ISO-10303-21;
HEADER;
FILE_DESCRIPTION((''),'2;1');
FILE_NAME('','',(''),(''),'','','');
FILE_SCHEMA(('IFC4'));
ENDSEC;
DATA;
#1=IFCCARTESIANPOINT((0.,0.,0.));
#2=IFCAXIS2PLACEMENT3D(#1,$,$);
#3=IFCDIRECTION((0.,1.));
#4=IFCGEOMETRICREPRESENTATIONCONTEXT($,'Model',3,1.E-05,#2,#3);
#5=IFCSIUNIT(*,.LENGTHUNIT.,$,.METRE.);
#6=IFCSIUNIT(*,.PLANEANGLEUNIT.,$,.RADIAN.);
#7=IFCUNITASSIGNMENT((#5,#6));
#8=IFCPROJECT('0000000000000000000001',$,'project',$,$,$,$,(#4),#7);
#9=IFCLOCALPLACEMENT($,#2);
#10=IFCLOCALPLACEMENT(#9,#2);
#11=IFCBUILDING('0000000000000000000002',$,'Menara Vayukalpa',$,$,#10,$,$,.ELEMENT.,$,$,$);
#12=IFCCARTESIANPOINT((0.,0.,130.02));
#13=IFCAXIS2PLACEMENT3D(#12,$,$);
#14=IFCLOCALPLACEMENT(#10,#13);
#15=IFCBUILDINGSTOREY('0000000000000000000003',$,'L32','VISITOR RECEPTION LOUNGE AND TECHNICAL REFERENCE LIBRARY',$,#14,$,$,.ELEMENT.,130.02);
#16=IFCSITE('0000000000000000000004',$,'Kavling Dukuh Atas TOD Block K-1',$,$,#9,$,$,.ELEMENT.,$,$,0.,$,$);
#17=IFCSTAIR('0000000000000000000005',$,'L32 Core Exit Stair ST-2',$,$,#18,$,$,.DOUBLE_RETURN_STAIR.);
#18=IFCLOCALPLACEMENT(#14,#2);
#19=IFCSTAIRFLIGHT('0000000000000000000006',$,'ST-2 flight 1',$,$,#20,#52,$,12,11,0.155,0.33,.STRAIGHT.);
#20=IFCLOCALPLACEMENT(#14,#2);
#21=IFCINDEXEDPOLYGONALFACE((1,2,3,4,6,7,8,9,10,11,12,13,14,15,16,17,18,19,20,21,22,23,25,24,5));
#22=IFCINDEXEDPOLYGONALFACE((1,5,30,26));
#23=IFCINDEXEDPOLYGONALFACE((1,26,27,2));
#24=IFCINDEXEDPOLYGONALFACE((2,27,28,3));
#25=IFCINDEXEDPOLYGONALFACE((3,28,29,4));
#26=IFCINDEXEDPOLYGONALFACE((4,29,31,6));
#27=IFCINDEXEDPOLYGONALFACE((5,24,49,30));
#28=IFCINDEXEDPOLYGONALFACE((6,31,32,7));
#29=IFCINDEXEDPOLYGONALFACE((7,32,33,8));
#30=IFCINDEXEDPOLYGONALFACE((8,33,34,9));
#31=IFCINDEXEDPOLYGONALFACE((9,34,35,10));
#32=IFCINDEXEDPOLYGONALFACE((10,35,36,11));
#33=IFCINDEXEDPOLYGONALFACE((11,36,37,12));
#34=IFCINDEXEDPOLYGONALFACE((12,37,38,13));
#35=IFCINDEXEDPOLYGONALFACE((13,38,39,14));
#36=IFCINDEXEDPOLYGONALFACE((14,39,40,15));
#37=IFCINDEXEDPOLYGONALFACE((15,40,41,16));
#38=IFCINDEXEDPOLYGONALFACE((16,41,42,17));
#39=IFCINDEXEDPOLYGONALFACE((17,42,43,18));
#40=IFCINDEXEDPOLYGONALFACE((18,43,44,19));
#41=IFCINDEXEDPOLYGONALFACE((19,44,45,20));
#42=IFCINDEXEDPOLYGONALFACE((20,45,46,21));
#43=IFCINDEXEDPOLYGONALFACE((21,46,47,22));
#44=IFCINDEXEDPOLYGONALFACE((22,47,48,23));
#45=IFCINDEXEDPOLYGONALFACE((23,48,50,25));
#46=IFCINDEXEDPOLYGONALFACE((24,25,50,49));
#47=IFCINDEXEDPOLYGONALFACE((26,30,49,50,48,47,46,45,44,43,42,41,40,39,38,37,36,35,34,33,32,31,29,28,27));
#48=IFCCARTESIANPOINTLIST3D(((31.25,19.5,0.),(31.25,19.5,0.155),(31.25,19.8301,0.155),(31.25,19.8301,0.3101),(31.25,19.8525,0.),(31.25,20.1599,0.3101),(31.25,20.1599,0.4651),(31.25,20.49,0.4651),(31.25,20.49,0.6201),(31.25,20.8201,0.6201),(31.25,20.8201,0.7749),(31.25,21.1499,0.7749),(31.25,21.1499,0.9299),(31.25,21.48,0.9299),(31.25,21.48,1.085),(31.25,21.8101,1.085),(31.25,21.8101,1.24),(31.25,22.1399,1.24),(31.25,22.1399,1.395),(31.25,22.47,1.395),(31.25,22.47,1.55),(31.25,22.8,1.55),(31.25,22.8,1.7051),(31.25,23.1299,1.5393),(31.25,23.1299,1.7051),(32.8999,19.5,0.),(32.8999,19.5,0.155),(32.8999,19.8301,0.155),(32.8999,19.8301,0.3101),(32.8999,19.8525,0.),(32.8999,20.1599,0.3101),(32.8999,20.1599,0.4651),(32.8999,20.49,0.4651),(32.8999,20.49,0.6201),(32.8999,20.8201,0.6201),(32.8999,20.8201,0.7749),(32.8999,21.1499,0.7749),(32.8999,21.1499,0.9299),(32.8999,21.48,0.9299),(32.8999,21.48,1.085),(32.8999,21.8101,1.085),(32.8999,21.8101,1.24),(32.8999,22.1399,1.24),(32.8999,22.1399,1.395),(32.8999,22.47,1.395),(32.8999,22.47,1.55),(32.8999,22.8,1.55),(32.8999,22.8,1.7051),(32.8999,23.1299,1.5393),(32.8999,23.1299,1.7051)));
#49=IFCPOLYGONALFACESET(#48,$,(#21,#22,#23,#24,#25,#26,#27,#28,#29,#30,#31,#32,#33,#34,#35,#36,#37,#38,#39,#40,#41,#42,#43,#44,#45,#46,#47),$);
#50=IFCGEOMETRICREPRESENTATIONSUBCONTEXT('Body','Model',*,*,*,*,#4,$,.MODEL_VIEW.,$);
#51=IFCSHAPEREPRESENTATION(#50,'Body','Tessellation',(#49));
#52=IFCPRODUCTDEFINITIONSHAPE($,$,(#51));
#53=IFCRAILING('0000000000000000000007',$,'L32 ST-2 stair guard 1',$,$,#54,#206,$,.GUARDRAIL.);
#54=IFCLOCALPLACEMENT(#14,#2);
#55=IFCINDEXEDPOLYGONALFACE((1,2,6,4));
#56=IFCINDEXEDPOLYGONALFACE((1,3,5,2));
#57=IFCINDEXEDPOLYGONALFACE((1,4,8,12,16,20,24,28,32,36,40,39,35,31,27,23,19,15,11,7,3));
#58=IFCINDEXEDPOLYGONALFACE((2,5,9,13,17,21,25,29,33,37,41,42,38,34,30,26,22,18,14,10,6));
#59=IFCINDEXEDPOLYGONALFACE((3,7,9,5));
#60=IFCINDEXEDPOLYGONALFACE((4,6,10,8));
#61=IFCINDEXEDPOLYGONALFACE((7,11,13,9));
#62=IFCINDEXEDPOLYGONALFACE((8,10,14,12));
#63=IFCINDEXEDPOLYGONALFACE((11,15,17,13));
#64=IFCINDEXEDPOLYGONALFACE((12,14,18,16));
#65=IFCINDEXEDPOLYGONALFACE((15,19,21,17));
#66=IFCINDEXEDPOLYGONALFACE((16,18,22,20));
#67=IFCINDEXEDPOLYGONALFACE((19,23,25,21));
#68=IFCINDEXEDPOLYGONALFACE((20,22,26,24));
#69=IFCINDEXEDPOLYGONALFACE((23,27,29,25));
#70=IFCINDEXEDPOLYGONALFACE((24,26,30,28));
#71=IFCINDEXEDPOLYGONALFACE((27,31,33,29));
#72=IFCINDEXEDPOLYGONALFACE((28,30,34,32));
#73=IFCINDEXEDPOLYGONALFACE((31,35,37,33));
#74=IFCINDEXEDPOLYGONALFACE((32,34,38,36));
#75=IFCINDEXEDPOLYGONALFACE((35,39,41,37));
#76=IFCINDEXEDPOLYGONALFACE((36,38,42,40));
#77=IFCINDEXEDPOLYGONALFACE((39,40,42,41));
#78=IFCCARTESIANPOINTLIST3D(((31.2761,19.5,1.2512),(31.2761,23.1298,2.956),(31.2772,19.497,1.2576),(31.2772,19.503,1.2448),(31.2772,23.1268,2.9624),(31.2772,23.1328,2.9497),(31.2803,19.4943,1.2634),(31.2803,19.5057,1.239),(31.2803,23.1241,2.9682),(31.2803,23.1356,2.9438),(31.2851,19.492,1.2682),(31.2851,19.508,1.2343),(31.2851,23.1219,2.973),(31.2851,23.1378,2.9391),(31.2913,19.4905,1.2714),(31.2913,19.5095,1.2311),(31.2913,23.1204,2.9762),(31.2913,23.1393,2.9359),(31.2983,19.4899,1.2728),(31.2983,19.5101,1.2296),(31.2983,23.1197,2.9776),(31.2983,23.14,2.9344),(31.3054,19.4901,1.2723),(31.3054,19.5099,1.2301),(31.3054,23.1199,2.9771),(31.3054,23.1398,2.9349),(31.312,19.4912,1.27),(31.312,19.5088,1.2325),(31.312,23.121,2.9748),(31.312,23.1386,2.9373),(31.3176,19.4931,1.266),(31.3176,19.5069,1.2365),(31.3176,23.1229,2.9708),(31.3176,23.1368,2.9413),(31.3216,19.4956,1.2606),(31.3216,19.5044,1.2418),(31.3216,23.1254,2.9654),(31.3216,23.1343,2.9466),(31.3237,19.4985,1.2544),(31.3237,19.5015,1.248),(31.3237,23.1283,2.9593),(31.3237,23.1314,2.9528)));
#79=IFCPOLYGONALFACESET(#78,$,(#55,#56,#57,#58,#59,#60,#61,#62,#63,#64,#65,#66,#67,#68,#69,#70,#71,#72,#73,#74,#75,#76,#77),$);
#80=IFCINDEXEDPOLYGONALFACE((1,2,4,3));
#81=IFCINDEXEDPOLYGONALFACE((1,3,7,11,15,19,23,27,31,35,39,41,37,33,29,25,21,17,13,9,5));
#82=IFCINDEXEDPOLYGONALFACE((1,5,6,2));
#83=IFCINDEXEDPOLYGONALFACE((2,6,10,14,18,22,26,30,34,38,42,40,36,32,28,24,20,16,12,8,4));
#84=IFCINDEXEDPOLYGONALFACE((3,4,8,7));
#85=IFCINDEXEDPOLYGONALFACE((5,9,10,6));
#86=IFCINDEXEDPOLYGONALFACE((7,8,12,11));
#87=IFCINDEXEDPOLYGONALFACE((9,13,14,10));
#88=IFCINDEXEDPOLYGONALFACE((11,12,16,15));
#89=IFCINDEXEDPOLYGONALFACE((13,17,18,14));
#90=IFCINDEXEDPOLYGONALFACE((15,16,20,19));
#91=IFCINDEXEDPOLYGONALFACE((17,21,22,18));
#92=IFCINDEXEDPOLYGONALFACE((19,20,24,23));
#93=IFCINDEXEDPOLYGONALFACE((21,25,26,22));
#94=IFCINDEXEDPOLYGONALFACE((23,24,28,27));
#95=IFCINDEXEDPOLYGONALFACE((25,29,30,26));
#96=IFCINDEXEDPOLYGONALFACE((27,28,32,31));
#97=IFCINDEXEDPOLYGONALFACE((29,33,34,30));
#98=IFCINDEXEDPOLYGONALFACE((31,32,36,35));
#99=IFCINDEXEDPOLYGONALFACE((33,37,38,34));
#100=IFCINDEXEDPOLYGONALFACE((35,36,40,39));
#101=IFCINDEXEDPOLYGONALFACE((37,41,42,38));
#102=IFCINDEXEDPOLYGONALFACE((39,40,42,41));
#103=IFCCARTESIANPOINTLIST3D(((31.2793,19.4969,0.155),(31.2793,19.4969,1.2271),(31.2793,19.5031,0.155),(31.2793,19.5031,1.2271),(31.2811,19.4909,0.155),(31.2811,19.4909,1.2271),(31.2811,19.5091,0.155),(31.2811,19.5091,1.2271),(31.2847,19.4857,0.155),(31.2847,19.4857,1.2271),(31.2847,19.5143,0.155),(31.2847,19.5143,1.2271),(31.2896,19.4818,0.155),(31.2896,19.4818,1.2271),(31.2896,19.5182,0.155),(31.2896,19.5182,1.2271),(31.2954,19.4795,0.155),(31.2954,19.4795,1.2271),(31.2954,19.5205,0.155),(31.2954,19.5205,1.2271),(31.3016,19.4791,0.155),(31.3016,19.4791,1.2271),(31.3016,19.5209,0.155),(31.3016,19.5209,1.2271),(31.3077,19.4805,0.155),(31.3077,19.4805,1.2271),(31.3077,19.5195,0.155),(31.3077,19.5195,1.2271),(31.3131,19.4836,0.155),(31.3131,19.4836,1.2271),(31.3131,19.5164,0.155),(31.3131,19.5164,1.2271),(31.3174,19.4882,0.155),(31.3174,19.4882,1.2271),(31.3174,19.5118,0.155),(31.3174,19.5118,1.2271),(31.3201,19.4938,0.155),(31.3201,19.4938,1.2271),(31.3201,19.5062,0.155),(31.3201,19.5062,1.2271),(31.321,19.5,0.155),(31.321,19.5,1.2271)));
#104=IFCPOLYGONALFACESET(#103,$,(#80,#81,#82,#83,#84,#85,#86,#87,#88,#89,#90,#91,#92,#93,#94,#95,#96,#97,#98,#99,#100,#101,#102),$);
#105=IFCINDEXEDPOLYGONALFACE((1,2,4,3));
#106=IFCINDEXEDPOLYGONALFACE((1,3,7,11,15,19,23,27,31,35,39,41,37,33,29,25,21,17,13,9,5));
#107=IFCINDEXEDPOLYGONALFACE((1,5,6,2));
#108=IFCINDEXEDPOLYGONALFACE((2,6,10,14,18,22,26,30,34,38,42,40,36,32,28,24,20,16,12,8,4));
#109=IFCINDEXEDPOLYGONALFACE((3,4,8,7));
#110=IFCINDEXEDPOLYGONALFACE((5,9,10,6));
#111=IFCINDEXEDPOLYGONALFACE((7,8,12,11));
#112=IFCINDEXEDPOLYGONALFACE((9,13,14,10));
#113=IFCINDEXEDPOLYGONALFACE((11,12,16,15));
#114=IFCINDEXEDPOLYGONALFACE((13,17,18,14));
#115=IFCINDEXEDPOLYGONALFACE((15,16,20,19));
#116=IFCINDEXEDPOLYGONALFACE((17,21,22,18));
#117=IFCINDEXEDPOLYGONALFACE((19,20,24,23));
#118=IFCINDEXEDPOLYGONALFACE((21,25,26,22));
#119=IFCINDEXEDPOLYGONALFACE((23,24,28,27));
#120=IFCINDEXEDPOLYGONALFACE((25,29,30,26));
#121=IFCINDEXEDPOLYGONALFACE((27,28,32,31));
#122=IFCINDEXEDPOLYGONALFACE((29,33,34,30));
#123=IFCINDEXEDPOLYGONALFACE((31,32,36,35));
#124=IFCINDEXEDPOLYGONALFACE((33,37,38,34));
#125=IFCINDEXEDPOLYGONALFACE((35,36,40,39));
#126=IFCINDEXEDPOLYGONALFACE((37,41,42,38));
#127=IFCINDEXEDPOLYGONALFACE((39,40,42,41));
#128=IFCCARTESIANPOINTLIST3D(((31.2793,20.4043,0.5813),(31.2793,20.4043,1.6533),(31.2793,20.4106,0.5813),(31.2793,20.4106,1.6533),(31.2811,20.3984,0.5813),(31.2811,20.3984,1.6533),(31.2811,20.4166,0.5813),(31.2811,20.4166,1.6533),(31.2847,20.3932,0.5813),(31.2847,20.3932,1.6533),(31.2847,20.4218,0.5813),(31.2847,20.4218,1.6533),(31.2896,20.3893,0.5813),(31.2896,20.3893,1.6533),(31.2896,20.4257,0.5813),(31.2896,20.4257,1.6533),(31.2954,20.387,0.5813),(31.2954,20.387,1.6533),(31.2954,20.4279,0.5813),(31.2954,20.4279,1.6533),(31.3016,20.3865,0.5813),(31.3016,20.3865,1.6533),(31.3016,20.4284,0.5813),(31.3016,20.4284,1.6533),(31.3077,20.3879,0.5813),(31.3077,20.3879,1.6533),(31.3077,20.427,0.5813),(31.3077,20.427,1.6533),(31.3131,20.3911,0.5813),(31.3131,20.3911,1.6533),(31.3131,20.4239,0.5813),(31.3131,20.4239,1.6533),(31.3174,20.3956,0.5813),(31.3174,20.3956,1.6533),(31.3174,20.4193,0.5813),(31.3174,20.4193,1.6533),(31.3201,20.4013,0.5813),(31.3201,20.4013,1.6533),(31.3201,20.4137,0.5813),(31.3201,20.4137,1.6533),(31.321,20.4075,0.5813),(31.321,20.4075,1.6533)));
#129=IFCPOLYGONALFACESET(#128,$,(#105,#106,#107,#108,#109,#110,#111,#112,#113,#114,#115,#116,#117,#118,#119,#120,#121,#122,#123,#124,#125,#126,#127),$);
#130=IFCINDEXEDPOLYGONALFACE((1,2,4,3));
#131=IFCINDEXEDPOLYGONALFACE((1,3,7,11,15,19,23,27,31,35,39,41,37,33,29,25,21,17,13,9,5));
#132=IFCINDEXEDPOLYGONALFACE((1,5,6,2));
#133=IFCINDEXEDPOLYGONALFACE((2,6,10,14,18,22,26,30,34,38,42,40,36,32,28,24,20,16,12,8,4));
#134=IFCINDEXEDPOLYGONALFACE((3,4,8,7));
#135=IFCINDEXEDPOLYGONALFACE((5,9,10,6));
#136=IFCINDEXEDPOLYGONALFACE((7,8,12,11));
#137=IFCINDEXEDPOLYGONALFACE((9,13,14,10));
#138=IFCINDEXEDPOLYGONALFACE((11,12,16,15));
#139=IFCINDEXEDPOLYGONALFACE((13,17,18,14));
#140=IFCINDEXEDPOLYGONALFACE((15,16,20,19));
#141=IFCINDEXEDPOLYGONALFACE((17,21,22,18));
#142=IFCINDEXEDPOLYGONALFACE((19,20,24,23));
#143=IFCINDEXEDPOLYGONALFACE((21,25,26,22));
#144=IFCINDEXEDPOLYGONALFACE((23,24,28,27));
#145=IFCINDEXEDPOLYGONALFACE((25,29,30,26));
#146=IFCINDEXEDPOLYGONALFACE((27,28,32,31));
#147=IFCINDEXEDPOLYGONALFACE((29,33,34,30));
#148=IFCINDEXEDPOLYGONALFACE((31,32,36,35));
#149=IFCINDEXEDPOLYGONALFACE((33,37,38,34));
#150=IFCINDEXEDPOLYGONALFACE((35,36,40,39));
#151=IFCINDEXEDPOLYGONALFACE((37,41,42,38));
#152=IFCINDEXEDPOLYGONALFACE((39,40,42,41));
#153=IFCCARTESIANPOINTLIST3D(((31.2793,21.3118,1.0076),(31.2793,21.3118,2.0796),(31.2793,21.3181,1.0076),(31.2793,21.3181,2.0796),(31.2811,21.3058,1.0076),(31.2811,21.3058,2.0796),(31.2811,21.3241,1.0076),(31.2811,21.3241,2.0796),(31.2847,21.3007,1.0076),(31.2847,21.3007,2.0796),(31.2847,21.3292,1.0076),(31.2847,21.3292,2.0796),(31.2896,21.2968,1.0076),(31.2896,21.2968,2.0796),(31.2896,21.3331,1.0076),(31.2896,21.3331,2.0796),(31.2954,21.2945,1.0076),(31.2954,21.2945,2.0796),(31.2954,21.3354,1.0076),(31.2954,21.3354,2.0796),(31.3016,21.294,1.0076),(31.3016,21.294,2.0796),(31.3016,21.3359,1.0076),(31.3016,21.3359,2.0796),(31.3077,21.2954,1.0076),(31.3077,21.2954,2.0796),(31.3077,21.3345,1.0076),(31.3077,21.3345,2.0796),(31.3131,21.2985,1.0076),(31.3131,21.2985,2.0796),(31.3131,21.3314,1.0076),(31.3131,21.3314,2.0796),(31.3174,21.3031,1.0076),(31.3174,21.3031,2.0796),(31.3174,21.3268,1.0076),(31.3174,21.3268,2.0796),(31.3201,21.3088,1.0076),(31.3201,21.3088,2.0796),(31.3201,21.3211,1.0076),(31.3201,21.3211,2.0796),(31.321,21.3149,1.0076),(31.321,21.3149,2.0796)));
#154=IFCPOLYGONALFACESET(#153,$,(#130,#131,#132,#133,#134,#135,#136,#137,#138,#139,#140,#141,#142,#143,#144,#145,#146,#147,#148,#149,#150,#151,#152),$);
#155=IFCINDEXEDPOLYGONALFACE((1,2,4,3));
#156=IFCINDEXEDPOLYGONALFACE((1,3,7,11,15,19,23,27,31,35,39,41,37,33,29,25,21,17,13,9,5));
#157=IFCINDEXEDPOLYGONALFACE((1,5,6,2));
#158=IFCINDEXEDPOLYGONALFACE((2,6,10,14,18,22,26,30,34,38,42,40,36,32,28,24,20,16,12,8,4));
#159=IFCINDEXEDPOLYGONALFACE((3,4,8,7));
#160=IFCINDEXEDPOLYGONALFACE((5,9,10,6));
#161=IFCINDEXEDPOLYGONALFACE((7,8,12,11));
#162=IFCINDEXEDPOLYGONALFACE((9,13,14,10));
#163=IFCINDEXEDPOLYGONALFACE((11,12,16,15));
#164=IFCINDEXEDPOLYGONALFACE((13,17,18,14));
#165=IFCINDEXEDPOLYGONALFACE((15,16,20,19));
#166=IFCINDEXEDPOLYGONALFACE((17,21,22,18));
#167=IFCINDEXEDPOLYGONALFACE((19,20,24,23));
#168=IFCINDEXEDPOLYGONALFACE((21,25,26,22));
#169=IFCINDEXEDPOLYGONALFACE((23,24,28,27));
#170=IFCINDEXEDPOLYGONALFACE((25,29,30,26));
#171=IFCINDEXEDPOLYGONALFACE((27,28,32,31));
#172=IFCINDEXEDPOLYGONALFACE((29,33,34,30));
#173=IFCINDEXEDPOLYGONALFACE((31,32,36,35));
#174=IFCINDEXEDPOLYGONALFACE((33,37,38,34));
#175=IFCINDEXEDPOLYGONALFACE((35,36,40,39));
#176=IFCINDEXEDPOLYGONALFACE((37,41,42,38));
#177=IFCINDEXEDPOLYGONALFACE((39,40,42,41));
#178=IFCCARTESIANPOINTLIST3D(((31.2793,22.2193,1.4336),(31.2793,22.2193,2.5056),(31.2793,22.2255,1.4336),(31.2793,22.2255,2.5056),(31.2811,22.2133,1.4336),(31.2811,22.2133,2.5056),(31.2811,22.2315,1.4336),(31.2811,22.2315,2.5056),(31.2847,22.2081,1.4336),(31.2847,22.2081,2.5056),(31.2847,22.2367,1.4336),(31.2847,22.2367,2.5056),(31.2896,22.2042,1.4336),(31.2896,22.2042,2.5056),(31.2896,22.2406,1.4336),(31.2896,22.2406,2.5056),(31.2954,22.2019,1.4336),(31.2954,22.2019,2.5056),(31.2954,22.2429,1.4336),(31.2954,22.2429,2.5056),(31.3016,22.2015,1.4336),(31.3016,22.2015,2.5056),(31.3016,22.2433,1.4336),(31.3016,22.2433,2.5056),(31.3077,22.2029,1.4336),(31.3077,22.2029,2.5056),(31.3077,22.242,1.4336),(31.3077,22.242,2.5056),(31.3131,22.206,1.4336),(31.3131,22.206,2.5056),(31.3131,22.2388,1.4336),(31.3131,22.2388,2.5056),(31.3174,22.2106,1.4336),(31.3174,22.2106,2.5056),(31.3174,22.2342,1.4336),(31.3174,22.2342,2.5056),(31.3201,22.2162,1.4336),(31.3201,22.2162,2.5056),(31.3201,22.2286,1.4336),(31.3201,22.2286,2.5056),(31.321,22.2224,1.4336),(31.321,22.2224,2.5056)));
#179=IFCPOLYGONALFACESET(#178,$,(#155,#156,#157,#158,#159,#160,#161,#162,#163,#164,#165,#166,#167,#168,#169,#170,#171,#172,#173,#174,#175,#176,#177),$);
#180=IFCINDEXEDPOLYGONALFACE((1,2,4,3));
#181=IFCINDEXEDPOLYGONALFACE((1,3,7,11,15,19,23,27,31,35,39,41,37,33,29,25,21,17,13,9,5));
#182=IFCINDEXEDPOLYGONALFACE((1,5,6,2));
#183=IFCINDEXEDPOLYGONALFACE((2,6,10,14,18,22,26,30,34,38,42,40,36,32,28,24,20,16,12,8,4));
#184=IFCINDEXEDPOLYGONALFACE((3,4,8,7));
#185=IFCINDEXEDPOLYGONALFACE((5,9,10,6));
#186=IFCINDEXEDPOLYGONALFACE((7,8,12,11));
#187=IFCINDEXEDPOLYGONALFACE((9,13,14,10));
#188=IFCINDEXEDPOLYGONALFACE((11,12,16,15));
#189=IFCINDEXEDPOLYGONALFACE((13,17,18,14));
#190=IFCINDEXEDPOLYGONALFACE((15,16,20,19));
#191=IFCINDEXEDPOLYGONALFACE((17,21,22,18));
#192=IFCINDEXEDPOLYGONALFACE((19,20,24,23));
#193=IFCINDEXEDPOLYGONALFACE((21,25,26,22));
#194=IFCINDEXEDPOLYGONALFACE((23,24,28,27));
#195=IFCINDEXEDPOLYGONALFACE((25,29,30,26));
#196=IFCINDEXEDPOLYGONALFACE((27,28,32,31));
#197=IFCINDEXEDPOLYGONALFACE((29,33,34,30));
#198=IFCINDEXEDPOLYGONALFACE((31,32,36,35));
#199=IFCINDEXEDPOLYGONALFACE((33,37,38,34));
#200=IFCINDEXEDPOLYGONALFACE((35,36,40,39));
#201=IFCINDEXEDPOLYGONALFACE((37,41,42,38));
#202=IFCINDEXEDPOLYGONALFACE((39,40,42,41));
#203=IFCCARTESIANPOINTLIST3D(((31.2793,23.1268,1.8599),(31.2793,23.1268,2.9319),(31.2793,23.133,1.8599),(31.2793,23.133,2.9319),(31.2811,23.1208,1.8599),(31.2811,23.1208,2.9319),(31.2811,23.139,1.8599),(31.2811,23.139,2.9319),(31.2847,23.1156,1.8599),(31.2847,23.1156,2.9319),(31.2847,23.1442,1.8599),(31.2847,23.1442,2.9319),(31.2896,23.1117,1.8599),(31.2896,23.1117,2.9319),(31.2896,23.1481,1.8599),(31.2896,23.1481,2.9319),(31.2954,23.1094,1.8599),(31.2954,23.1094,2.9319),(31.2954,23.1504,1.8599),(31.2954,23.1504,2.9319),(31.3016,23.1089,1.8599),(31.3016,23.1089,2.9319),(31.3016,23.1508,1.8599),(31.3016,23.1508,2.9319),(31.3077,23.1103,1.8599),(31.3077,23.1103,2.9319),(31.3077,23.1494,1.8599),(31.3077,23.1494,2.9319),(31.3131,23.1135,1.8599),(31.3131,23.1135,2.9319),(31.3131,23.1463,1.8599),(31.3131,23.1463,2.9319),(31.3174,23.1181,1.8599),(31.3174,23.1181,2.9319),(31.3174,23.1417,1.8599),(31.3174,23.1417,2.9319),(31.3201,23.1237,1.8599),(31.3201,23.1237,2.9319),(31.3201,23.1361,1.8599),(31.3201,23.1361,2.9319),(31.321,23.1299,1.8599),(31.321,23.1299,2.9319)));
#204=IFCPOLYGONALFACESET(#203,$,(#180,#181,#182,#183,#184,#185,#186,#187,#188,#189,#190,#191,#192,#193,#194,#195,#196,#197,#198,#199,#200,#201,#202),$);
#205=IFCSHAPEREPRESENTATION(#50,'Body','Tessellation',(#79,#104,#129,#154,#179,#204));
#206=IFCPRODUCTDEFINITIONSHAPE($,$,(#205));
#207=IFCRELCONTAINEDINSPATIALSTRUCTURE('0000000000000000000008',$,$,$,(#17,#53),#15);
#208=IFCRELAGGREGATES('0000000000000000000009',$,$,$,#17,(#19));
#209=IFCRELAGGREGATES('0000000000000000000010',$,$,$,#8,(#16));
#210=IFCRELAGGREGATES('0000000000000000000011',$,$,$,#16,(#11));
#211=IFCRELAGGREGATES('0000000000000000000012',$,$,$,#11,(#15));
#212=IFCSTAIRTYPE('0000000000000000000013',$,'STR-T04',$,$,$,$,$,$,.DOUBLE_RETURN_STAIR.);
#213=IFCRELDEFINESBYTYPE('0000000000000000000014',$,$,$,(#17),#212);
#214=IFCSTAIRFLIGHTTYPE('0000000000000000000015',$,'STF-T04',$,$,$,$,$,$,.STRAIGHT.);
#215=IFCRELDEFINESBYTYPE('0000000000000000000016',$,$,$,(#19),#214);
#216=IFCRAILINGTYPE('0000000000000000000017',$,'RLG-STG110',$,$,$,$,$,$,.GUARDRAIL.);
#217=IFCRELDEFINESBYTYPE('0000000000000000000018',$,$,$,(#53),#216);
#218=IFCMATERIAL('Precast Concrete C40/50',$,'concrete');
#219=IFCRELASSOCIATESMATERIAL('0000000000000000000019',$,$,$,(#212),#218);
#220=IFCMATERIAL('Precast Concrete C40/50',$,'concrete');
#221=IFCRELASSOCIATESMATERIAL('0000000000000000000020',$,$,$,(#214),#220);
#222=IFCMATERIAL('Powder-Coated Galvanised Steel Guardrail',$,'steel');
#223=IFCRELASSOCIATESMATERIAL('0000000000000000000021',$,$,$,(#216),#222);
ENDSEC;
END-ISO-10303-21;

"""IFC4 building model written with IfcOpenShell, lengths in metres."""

from ifc_helpers import new_model, si_unit, direction, frame, origin, origin_2d, place, context, subcontext, project, spatial, polyline, circle, outline, extrude, material, type_object, element, aggregate, save


model = new_model("IFC4")

# Units and contexts
model_context = context("Model", 3, precision=1e-05, world=origin(), true_north=direction((0.0, 1.0)))
body_context = subcontext(model_context, "Body", "Model", "MODEL_VIEW")
ifc_project = project(units=[si_unit("LENGTHUNIT", "METRE"), si_unit("PLANEANGLEUNIT", "RADIAN")], contexts=[model_context])

# Site, building, storey
site_placement = place(None, origin())
site = spatial("IfcSite", under=ifc_project, at=site_placement, Name="Kavling Dukuh Atas TOD Block K-1", CompositionType="ELEMENT", RefElevation=0.0)
building_placement = place(site_placement, origin())
building = spatial("IfcBuilding", under=site, at=building_placement, Name="Menara Vayukalpa", CompositionType="ELEMENT")
storey_placement = place(building_placement, frame((0.0, 0.0, 130.02)))
storey = spatial("IfcBuildingStorey", under=building, at=storey_placement, Name="L32", Description="VISITOR RECEPTION LOUNGE AND TECHNICAL REFERENCE LIBRARY", CompositionType="ELEMENT", Elevation=130.02)

# Stair, stair flight
ifc_material_1 = material(Name="Precast Concrete C40/50", Category="concrete")
stair_type = type_object("IfcStairType", Name="STR-T04", PredefinedType="DOUBLE_RETURN_STAIR", material=ifc_material_1)
stair_placement = place(storey_placement, origin())
stair = element("IfcStair", 1, at=stair_placement, inside=storey, type_object=stair_type, Name="L32 Core Exit Stair ST-2", PredefinedType="DOUBLE_RETURN_STAIR")
ifc_material_2 = material(Name="Precast Concrete C40/50", Category="concrete")
stair_flight_type = type_object("IfcStairFlightType", Name="STF-T04", PredefinedType="STRAIGHT", material=ifc_material_2)
stair_flight_placement = place(storey_placement, frame((32.075, 19.5, 0.0), z_axis=(0.0, 0.0, 1.0), x_axis=(0.0, 1.0, 0.0)))
stair_flight = element("IfcStairFlight", 2, at=stair_flight_placement, type_object=stair_flight_type, Name="ST-2 flight 1", NumberOfRisers=12, NumberOfTreads=11, PredefinedType="STRAIGHT", RiserHeight=0.155, TreadLength=0.33, context=body_context, shape_type="SweptSolid", body=[
    extrude(outline(polyline([(0.0, 0.0), (0.0, 0.155), (0.3301, 0.155), (0.3301, 0.3101), (0.6599, 0.3101), (0.6599, 0.4651), (0.99, 0.4651), (0.99, 0.6201), (1.3201, 0.6201), (1.3201, 0.7749), (1.6499, 0.7749), (1.6499, 0.9299), (1.98, 0.9299), (1.98, 1.085), (2.3101, 1.085), (2.3101, 1.24), (2.6399, 1.24), (2.6399, 1.395), (2.97, 1.395), (2.97, 1.55), (3.3, 1.55), (3.3, 1.7051), (3.6299, 1.7051), (3.6299, 1.8601), (3.6299, 1.5393), (0.3525, 0.0), (0.0, 0.0)])), frame((0.0, 0.825, 0.0), z_axis=(0.0, -1.0, 0.0), x_axis=(1.0, 0.0, 0.0)), (0.0, 0.0, 1.0), 1.6499),
])
aggregate(stair, [stair_flight])

# Railing
ifc_material_3 = material(Name="Powder-Coated Galvanised Steel Guardrail", Category="steel")
railing_type_1 = type_object("IfcRailingType", Name="RLG-STG110", PredefinedType="GUARDRAIL", material=ifc_material_3)
railing_1_placement = place(storey_placement, frame((31.3, 19.5, 0.155)))
element("IfcRailing", 3, at=railing_1_placement, inside=storey, type_object=railing_type_1, Name="L32 ST-2 stair guard 1", PredefinedType="GUARDRAIL", context=body_context, shape_type="SweptSolid", body=[
    extrude(circle(Radius=0.0239, at=origin_2d()), frame((0.0, 0.0, 1.0962), z_axis=(0.0, 0.90514, 0.425114), x_axis=(-1.0, 0.0, 0.0)), (0.0, 0.0, 1.0), 4.0103),
    extrude(circle(Radius=0.021, at=origin_2d()), origin(), (0.0, 0.0, 1.0), 1.072),
    extrude(circle(Radius=0.021, at=origin_2d()), frame((0.0, 0.9075, 0.4263)), (0.0, 0.0, 1.0), 1.072),
    extrude(circle(Radius=0.021, at=origin_2d()), frame((0.0, 1.8149, 0.8525)), (0.0, 0.0, 1.0), 1.072),
    extrude(circle(Radius=0.021, at=origin_2d()), frame((0.0, 2.7224, 1.2786)), (0.0, 0.0, 1.0), 1.072),
    extrude(circle(Radius=0.021, at=origin_2d()), frame((0.0, 3.6299, 1.7048)), (0.0, 0.0, 1.0), 1.072),
])

save(model, "model.ifc")
